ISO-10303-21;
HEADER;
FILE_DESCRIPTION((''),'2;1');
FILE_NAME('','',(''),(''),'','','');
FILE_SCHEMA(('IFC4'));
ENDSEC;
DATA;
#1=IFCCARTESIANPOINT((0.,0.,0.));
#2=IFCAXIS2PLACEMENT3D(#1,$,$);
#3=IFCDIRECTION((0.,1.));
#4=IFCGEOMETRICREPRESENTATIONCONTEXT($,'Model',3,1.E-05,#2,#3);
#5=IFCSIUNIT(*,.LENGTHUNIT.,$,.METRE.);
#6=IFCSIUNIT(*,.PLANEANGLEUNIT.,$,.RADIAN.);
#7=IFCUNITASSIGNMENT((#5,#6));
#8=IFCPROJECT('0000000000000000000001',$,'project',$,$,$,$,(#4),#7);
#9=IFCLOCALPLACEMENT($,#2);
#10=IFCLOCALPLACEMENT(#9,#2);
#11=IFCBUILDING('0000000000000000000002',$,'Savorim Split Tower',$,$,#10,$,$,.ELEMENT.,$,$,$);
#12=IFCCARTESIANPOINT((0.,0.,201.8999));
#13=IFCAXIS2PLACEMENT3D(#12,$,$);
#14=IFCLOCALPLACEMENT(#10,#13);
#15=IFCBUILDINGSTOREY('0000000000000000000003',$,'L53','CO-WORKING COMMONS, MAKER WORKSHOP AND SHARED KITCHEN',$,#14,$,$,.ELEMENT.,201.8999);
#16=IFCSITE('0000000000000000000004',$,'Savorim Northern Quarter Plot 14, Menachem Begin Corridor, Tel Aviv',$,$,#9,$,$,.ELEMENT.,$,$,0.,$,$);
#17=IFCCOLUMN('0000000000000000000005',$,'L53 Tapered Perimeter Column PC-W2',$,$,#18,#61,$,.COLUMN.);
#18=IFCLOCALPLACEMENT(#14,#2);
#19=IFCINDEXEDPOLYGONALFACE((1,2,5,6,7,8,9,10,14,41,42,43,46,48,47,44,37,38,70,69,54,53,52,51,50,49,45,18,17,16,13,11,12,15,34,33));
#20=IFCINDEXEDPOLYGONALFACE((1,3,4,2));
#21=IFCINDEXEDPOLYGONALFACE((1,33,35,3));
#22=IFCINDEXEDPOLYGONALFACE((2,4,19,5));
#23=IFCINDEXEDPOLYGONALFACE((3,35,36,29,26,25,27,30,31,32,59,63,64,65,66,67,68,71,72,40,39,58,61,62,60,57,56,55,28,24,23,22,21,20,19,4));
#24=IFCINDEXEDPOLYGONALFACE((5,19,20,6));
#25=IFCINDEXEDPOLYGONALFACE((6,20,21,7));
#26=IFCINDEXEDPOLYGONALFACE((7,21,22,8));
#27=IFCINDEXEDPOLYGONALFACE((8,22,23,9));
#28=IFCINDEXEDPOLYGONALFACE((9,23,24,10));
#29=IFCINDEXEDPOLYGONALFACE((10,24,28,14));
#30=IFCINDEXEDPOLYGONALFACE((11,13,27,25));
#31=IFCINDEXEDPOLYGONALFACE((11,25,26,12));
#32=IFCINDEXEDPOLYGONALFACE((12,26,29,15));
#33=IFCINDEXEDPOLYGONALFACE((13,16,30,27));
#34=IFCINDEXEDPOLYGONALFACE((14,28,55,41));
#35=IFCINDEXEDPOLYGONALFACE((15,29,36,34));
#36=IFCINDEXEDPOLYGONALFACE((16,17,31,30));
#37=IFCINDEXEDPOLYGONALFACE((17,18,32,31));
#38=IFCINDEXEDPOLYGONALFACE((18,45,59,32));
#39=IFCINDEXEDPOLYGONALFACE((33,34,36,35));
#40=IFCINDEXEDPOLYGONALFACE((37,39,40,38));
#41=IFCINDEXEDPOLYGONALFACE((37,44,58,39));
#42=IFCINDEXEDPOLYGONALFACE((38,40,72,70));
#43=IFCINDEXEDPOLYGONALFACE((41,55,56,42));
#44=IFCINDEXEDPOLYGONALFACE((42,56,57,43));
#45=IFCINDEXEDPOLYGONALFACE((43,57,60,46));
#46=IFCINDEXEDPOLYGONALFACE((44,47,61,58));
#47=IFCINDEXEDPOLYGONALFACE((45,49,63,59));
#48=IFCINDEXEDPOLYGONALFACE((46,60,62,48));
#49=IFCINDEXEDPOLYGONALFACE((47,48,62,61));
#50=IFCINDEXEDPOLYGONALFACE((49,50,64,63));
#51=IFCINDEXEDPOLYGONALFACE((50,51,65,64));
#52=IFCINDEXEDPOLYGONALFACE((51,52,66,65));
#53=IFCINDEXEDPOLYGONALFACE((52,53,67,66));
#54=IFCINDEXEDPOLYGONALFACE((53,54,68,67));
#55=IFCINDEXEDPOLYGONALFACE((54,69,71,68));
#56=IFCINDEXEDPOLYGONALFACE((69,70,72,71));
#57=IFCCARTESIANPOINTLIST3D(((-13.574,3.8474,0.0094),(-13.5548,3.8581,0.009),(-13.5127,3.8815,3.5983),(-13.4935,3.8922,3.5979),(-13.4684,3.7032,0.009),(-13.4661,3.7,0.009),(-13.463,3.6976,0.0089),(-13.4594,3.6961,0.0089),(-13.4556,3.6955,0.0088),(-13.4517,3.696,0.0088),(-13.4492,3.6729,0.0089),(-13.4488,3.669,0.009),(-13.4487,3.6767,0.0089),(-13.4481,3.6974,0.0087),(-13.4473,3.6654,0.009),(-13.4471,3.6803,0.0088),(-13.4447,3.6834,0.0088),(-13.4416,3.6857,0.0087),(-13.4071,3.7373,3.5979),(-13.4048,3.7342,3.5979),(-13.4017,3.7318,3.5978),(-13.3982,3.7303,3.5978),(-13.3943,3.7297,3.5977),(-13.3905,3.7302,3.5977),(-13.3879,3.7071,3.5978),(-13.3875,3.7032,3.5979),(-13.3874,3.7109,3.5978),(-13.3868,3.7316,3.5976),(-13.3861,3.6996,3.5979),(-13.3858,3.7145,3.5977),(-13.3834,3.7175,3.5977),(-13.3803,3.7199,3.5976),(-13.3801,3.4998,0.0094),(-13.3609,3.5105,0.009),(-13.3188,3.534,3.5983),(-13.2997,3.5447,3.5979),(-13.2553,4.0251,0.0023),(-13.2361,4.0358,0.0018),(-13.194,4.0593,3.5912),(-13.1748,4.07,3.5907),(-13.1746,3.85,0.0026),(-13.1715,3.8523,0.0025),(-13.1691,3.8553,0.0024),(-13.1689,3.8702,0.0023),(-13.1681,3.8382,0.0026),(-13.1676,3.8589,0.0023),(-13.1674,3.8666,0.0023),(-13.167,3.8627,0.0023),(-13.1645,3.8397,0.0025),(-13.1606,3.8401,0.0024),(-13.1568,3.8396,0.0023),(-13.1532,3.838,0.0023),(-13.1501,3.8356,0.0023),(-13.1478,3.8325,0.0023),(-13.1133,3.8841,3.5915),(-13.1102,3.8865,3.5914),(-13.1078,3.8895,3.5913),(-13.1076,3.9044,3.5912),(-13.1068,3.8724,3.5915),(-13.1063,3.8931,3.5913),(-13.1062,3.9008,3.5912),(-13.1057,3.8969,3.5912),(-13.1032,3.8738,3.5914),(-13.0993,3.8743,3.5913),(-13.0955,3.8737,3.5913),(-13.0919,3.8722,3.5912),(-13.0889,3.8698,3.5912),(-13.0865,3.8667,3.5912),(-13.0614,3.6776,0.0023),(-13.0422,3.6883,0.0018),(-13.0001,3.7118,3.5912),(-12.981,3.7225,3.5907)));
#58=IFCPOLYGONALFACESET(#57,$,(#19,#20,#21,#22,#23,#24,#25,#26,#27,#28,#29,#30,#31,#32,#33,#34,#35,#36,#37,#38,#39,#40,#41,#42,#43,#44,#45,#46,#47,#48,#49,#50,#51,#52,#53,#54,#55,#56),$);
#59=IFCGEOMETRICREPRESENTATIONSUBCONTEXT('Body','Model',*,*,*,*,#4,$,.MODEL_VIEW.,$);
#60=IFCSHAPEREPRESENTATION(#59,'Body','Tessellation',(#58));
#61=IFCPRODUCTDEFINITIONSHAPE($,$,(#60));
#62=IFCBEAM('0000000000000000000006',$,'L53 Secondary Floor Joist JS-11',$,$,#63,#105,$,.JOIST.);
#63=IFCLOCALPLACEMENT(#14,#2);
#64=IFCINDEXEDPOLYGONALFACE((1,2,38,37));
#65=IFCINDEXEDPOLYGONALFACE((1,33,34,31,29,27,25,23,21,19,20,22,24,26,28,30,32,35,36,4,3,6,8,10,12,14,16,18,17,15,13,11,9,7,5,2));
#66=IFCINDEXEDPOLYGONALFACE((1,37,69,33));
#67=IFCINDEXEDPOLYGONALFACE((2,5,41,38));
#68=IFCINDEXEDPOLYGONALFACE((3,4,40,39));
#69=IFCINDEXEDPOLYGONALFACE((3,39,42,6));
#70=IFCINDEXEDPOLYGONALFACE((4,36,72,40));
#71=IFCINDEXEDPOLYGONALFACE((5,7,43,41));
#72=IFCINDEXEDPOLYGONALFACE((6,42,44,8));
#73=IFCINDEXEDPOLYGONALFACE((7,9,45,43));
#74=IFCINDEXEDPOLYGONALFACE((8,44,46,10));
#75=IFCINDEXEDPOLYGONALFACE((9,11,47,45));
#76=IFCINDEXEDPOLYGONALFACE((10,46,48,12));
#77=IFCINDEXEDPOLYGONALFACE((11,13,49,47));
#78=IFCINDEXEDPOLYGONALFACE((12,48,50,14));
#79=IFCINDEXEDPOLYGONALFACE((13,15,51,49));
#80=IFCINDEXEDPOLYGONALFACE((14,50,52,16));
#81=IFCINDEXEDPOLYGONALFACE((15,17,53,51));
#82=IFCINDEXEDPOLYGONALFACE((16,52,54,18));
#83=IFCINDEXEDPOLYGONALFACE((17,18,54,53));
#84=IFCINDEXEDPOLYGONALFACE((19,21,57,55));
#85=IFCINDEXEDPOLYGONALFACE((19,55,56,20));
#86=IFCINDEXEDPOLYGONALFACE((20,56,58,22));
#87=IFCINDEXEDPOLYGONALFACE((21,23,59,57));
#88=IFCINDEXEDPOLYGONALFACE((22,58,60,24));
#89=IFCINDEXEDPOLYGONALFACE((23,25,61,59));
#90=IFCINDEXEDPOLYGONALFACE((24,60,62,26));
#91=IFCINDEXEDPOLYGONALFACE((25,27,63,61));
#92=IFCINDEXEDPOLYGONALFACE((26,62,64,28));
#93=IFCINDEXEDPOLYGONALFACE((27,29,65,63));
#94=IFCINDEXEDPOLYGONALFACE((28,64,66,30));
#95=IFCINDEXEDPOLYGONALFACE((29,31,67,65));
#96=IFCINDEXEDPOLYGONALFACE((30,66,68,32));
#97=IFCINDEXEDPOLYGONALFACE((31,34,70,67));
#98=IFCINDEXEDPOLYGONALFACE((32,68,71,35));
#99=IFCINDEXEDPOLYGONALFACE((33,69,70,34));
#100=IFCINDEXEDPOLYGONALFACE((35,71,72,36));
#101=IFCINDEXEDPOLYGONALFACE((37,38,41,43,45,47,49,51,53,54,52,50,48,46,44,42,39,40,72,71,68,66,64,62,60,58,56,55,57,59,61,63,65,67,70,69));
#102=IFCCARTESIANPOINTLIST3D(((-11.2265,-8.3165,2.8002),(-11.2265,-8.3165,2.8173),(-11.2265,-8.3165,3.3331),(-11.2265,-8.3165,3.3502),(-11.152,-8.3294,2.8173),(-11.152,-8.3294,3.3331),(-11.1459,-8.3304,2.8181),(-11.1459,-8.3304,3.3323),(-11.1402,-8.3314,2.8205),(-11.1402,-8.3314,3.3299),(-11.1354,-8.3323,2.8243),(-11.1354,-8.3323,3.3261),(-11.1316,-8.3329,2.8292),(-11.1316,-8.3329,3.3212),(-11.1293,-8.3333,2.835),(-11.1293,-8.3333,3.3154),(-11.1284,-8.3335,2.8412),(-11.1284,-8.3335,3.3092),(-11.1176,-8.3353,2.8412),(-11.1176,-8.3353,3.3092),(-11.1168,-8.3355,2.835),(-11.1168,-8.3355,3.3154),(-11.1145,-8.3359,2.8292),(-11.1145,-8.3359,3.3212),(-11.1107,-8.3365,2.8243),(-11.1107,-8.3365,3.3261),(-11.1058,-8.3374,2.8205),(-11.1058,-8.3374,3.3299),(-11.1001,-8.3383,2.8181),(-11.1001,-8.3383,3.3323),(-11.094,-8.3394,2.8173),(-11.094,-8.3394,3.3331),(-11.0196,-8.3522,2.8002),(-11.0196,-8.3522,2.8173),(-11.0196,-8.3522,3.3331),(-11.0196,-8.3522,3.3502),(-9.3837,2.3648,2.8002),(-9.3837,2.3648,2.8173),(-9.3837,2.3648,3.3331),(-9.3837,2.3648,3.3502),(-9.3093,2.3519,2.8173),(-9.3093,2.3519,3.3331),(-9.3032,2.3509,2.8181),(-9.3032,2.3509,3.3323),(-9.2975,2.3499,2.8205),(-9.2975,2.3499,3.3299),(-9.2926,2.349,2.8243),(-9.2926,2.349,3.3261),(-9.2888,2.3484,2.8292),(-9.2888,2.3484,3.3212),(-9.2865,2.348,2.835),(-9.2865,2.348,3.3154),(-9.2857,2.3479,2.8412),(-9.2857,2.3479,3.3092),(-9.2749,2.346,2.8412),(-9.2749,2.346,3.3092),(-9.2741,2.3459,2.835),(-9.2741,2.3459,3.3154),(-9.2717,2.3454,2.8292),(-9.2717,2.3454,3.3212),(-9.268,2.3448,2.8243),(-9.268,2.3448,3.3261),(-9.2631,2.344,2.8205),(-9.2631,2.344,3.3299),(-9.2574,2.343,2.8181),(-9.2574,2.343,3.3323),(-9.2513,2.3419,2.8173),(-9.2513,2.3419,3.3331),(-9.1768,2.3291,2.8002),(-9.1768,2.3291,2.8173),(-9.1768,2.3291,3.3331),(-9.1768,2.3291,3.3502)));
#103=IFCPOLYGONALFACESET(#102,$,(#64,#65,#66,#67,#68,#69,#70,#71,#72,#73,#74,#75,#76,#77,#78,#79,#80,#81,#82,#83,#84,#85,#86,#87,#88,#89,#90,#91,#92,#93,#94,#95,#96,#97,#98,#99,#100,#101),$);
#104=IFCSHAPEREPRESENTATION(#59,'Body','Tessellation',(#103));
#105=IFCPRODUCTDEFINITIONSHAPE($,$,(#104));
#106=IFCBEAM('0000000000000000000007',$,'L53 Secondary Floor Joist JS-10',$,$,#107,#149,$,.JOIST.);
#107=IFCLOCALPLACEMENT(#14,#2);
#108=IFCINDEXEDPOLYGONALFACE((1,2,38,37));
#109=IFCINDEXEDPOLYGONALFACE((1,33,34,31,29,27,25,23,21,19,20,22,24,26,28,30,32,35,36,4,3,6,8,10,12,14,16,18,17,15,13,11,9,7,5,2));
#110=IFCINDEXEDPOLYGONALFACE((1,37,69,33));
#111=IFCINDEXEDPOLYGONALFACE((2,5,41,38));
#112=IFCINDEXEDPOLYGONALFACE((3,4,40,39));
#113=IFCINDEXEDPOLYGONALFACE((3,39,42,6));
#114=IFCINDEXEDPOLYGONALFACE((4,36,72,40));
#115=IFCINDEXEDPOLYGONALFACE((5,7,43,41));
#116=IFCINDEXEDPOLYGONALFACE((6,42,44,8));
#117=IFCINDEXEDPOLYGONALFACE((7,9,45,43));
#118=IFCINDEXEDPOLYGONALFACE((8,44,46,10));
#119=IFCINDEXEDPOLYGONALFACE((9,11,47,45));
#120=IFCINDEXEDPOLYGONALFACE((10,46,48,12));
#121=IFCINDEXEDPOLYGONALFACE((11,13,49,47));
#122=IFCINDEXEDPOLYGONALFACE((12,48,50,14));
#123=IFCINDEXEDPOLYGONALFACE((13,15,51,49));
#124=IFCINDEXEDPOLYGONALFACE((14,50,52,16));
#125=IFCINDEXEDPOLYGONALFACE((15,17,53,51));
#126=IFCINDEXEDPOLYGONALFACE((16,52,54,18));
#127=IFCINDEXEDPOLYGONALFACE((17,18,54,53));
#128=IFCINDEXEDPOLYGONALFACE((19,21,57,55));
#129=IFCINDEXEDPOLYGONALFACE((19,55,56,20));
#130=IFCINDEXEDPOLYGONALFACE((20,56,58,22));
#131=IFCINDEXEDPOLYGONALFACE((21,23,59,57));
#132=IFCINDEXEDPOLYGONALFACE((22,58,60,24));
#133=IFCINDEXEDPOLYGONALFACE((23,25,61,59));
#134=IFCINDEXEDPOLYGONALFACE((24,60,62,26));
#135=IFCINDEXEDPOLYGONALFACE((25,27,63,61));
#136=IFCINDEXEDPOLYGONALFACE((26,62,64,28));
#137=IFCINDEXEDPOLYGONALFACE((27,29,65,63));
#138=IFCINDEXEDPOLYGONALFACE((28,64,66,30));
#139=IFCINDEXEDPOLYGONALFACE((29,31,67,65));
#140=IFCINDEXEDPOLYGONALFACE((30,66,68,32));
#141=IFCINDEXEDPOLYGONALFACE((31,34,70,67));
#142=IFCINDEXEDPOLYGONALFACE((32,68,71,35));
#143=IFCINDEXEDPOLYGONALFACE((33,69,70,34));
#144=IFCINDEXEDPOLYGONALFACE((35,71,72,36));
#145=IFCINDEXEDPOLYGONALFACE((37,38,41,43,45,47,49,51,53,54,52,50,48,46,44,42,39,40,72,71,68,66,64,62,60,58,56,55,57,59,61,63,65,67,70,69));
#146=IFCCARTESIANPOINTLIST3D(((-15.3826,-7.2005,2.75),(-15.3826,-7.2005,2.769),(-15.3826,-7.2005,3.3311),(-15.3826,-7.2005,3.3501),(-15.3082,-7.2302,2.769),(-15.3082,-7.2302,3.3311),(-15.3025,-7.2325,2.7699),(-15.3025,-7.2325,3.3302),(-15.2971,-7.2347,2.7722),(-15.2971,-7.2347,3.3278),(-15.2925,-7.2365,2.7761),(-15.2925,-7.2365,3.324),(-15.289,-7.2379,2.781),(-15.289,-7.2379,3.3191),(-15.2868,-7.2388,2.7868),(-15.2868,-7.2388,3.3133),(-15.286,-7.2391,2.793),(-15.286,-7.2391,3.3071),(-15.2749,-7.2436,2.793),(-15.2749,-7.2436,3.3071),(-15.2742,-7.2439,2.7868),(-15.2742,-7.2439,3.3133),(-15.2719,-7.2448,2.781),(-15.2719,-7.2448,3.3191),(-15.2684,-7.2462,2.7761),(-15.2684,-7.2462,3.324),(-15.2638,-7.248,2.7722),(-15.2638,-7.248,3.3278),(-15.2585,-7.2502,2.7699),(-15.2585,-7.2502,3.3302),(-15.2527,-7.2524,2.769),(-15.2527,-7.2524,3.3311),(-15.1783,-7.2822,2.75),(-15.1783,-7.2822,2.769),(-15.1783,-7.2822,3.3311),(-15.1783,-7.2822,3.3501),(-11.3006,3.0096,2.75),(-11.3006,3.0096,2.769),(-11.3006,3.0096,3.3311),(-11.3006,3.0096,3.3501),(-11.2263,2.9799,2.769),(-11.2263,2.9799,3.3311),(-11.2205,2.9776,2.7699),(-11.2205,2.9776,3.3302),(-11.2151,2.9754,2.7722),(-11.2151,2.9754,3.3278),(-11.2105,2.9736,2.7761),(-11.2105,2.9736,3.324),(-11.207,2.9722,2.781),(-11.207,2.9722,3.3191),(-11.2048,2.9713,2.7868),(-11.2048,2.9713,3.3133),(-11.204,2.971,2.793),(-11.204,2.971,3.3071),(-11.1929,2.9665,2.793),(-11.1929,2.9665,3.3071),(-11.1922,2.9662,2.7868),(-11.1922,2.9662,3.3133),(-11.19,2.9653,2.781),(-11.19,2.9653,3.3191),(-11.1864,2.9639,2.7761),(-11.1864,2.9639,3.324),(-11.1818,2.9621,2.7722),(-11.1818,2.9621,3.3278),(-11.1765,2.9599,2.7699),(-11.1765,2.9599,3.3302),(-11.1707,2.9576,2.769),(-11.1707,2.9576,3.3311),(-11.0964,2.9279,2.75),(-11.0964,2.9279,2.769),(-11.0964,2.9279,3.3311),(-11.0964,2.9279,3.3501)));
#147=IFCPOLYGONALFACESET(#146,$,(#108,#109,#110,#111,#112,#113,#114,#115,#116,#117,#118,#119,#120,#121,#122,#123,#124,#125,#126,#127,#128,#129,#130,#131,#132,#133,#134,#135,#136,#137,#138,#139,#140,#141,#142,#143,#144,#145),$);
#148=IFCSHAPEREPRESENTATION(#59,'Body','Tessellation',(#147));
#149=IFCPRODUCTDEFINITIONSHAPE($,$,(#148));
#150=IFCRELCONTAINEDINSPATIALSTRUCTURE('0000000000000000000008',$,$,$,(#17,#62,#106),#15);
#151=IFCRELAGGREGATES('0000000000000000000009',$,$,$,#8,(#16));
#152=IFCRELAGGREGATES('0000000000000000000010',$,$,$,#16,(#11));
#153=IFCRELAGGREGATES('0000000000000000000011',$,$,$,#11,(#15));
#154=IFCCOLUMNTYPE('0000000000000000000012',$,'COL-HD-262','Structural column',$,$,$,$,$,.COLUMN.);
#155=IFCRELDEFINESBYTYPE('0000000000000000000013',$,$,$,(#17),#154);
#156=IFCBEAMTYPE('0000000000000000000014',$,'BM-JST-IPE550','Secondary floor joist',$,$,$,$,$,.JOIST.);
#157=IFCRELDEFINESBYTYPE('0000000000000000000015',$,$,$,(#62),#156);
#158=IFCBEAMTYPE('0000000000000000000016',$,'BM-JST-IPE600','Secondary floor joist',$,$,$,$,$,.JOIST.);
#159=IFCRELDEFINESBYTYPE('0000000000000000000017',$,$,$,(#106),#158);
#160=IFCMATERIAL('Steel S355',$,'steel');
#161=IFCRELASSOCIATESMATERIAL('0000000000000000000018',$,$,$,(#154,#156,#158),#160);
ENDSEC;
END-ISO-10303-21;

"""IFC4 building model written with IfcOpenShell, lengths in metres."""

from ifc_helpers import new_model, si_unit, direction, frame, origin, origin_2d, place, context, subcontext, project, spatial, i_section, extrude, material, material_profile, profile_set, type_object, element, save


model = new_model("IFC4")

# Units and contexts
model_context = context("Model", 3, precision=1e-05, world=origin(), true_north=direction((0.0, 1.0)))
body_context = subcontext(model_context, "Body", "Model", "MODEL_VIEW")
ifc_project = project(units=[si_unit("LENGTHUNIT", "METRE"), si_unit("PLANEANGLEUNIT", "RADIAN")], contexts=[model_context])

# Site, building, storey
site_placement = place(None, origin())
site = spatial("IfcSite", under=ifc_project, at=site_placement, Name="Savorim Northern Quarter Plot 14, Menachem Begin Corridor, Tel Aviv", CompositionType="ELEMENT", RefElevation=0.0)
building_placement = place(site_placement, origin())
building = spatial("IfcBuilding", under=site, at=building_placement, Name="Savorim Split Tower", CompositionType="ELEMENT")
storey_placement = place(building_placement, frame((0.0, 0.0, 201.8999)))
storey = spatial("IfcBuildingStorey", under=building, at=storey_placement, Name="L53", Description="CO-WORKING COMMONS, MAKER WORKSHOP AND SHARED KITCHEN", CompositionType="ELEMENT", Elevation=201.8999)

# Column
ifc_material_1 = material(Name="Steel S355", Category="steel")
ifc_material_profile_1 = material_profile(ifc_material_1, i_section(OverallWidth=0.3979, OverallDepth=0.387, WebThickness=0.0134, FlangeThickness=0.022, FilletRadius=0.0149, at=origin_2d()), Name="HD 400x262")
ifc_profile_set_1 = profile_set([ifc_material_profile_1], Name="Steel S355")
column_type = type_object("IfcColumnType", Name="COL-HD-262", Description="Structural column", PredefinedType="COLUMN", material=ifc_profile_set_1)
column_placement = place(storey_placement, frame((-13.3081, 3.7678, 0.0056), z_axis=(0.017072, 0.009522, 0.999809), x_axis=(-0.487119, 0.873335, 0.0)))
element("IfcColumn", 1, at=column_placement, inside=storey, type_object=column_type, Name="L53 Tapered Perimeter Column PC-W2", PredefinedType="COLUMN", context=body_context, shape_type="SweptSolid", body=[
    extrude(i_section(OverallWidth=0.3979, OverallDepth=0.387, WebThickness=0.0134, FlangeThickness=0.022, FilletRadius=0.0149, at=origin_2d()), origin(), (0.0, 0.0, 1.0), 3.5896),
])

# Beams
ifc_material_profile_2 = material_profile(ifc_material_1, i_section(OverallWidth=0.21, OverallDepth=0.55, WebThickness=0.011, FlangeThickness=0.0171, FilletRadius=0.0239, at=origin_2d()), Name="IPE 550")
ifc_profile_set_2 = profile_set([ifc_material_profile_2], Name="Steel S355")
beam_type_1 = type_object("IfcBeamType", Name="BM-JST-IPE550", Description="Secondary floor joist", PredefinedType="JOIST", material=ifc_profile_set_2)
beam_1_placement = place(storey_placement, frame((-9.2803, 2.3469, 3.0752), z_axis=(-0.17001, -0.985442, 0.0), x_axis=(0.985442, -0.17001, 0.0)))
element("IfcBeam", 2, at=beam_1_placement, inside=storey, type_object=beam_type_1, Name="L53 Secondary Floor Joist JS-11", PredefinedType="JOIST", context=body_context, shape_type="SweptSolid", body=[
    extrude(i_section(OverallWidth=0.21, OverallDepth=0.55, WebThickness=0.011, FlangeThickness=0.0171, FilletRadius=0.0239, at=origin_2d()), origin(), (0.0, 0.0, 1.0), 10.8391),
])
ifc_material_profile_3 = material_profile(ifc_material_1, i_section(OverallWidth=0.22, OverallDepth=0.6001, WebThickness=0.012, FlangeThickness=0.019, FilletRadius=0.0239, at=origin_2d()), Name="IPE 600")
ifc_profile_set_3 = profile_set([ifc_material_profile_3], Name="Steel S355")
beam_type_2 = type_object("IfcBeamType", Name="BM-JST-IPE600", Description="Secondary floor joist", PredefinedType="JOIST", material=ifc_profile_set_3)
beam_2_placement = place(storey_placement, frame((-11.1985, 2.9688, 3.05), z_axis=(-0.37123, -0.928541, 0.0), x_axis=(0.928541, -0.37123, 0.0)))
element("IfcBeam", 3, at=beam_2_placement, inside=storey, type_object=beam_type_2, Name="L53 Secondary Floor Joist JS-10", PredefinedType="JOIST", context=body_context, shape_type="SweptSolid", body=[
    extrude(i_section(OverallWidth=0.22, OverallDepth=0.6001, WebThickness=0.012, FlangeThickness=0.019, FilletRadius=0.0239, at=origin_2d()), origin(), (0.0, 0.0, 1.0), 10.9958),
])

save(model, "model.ifc")
